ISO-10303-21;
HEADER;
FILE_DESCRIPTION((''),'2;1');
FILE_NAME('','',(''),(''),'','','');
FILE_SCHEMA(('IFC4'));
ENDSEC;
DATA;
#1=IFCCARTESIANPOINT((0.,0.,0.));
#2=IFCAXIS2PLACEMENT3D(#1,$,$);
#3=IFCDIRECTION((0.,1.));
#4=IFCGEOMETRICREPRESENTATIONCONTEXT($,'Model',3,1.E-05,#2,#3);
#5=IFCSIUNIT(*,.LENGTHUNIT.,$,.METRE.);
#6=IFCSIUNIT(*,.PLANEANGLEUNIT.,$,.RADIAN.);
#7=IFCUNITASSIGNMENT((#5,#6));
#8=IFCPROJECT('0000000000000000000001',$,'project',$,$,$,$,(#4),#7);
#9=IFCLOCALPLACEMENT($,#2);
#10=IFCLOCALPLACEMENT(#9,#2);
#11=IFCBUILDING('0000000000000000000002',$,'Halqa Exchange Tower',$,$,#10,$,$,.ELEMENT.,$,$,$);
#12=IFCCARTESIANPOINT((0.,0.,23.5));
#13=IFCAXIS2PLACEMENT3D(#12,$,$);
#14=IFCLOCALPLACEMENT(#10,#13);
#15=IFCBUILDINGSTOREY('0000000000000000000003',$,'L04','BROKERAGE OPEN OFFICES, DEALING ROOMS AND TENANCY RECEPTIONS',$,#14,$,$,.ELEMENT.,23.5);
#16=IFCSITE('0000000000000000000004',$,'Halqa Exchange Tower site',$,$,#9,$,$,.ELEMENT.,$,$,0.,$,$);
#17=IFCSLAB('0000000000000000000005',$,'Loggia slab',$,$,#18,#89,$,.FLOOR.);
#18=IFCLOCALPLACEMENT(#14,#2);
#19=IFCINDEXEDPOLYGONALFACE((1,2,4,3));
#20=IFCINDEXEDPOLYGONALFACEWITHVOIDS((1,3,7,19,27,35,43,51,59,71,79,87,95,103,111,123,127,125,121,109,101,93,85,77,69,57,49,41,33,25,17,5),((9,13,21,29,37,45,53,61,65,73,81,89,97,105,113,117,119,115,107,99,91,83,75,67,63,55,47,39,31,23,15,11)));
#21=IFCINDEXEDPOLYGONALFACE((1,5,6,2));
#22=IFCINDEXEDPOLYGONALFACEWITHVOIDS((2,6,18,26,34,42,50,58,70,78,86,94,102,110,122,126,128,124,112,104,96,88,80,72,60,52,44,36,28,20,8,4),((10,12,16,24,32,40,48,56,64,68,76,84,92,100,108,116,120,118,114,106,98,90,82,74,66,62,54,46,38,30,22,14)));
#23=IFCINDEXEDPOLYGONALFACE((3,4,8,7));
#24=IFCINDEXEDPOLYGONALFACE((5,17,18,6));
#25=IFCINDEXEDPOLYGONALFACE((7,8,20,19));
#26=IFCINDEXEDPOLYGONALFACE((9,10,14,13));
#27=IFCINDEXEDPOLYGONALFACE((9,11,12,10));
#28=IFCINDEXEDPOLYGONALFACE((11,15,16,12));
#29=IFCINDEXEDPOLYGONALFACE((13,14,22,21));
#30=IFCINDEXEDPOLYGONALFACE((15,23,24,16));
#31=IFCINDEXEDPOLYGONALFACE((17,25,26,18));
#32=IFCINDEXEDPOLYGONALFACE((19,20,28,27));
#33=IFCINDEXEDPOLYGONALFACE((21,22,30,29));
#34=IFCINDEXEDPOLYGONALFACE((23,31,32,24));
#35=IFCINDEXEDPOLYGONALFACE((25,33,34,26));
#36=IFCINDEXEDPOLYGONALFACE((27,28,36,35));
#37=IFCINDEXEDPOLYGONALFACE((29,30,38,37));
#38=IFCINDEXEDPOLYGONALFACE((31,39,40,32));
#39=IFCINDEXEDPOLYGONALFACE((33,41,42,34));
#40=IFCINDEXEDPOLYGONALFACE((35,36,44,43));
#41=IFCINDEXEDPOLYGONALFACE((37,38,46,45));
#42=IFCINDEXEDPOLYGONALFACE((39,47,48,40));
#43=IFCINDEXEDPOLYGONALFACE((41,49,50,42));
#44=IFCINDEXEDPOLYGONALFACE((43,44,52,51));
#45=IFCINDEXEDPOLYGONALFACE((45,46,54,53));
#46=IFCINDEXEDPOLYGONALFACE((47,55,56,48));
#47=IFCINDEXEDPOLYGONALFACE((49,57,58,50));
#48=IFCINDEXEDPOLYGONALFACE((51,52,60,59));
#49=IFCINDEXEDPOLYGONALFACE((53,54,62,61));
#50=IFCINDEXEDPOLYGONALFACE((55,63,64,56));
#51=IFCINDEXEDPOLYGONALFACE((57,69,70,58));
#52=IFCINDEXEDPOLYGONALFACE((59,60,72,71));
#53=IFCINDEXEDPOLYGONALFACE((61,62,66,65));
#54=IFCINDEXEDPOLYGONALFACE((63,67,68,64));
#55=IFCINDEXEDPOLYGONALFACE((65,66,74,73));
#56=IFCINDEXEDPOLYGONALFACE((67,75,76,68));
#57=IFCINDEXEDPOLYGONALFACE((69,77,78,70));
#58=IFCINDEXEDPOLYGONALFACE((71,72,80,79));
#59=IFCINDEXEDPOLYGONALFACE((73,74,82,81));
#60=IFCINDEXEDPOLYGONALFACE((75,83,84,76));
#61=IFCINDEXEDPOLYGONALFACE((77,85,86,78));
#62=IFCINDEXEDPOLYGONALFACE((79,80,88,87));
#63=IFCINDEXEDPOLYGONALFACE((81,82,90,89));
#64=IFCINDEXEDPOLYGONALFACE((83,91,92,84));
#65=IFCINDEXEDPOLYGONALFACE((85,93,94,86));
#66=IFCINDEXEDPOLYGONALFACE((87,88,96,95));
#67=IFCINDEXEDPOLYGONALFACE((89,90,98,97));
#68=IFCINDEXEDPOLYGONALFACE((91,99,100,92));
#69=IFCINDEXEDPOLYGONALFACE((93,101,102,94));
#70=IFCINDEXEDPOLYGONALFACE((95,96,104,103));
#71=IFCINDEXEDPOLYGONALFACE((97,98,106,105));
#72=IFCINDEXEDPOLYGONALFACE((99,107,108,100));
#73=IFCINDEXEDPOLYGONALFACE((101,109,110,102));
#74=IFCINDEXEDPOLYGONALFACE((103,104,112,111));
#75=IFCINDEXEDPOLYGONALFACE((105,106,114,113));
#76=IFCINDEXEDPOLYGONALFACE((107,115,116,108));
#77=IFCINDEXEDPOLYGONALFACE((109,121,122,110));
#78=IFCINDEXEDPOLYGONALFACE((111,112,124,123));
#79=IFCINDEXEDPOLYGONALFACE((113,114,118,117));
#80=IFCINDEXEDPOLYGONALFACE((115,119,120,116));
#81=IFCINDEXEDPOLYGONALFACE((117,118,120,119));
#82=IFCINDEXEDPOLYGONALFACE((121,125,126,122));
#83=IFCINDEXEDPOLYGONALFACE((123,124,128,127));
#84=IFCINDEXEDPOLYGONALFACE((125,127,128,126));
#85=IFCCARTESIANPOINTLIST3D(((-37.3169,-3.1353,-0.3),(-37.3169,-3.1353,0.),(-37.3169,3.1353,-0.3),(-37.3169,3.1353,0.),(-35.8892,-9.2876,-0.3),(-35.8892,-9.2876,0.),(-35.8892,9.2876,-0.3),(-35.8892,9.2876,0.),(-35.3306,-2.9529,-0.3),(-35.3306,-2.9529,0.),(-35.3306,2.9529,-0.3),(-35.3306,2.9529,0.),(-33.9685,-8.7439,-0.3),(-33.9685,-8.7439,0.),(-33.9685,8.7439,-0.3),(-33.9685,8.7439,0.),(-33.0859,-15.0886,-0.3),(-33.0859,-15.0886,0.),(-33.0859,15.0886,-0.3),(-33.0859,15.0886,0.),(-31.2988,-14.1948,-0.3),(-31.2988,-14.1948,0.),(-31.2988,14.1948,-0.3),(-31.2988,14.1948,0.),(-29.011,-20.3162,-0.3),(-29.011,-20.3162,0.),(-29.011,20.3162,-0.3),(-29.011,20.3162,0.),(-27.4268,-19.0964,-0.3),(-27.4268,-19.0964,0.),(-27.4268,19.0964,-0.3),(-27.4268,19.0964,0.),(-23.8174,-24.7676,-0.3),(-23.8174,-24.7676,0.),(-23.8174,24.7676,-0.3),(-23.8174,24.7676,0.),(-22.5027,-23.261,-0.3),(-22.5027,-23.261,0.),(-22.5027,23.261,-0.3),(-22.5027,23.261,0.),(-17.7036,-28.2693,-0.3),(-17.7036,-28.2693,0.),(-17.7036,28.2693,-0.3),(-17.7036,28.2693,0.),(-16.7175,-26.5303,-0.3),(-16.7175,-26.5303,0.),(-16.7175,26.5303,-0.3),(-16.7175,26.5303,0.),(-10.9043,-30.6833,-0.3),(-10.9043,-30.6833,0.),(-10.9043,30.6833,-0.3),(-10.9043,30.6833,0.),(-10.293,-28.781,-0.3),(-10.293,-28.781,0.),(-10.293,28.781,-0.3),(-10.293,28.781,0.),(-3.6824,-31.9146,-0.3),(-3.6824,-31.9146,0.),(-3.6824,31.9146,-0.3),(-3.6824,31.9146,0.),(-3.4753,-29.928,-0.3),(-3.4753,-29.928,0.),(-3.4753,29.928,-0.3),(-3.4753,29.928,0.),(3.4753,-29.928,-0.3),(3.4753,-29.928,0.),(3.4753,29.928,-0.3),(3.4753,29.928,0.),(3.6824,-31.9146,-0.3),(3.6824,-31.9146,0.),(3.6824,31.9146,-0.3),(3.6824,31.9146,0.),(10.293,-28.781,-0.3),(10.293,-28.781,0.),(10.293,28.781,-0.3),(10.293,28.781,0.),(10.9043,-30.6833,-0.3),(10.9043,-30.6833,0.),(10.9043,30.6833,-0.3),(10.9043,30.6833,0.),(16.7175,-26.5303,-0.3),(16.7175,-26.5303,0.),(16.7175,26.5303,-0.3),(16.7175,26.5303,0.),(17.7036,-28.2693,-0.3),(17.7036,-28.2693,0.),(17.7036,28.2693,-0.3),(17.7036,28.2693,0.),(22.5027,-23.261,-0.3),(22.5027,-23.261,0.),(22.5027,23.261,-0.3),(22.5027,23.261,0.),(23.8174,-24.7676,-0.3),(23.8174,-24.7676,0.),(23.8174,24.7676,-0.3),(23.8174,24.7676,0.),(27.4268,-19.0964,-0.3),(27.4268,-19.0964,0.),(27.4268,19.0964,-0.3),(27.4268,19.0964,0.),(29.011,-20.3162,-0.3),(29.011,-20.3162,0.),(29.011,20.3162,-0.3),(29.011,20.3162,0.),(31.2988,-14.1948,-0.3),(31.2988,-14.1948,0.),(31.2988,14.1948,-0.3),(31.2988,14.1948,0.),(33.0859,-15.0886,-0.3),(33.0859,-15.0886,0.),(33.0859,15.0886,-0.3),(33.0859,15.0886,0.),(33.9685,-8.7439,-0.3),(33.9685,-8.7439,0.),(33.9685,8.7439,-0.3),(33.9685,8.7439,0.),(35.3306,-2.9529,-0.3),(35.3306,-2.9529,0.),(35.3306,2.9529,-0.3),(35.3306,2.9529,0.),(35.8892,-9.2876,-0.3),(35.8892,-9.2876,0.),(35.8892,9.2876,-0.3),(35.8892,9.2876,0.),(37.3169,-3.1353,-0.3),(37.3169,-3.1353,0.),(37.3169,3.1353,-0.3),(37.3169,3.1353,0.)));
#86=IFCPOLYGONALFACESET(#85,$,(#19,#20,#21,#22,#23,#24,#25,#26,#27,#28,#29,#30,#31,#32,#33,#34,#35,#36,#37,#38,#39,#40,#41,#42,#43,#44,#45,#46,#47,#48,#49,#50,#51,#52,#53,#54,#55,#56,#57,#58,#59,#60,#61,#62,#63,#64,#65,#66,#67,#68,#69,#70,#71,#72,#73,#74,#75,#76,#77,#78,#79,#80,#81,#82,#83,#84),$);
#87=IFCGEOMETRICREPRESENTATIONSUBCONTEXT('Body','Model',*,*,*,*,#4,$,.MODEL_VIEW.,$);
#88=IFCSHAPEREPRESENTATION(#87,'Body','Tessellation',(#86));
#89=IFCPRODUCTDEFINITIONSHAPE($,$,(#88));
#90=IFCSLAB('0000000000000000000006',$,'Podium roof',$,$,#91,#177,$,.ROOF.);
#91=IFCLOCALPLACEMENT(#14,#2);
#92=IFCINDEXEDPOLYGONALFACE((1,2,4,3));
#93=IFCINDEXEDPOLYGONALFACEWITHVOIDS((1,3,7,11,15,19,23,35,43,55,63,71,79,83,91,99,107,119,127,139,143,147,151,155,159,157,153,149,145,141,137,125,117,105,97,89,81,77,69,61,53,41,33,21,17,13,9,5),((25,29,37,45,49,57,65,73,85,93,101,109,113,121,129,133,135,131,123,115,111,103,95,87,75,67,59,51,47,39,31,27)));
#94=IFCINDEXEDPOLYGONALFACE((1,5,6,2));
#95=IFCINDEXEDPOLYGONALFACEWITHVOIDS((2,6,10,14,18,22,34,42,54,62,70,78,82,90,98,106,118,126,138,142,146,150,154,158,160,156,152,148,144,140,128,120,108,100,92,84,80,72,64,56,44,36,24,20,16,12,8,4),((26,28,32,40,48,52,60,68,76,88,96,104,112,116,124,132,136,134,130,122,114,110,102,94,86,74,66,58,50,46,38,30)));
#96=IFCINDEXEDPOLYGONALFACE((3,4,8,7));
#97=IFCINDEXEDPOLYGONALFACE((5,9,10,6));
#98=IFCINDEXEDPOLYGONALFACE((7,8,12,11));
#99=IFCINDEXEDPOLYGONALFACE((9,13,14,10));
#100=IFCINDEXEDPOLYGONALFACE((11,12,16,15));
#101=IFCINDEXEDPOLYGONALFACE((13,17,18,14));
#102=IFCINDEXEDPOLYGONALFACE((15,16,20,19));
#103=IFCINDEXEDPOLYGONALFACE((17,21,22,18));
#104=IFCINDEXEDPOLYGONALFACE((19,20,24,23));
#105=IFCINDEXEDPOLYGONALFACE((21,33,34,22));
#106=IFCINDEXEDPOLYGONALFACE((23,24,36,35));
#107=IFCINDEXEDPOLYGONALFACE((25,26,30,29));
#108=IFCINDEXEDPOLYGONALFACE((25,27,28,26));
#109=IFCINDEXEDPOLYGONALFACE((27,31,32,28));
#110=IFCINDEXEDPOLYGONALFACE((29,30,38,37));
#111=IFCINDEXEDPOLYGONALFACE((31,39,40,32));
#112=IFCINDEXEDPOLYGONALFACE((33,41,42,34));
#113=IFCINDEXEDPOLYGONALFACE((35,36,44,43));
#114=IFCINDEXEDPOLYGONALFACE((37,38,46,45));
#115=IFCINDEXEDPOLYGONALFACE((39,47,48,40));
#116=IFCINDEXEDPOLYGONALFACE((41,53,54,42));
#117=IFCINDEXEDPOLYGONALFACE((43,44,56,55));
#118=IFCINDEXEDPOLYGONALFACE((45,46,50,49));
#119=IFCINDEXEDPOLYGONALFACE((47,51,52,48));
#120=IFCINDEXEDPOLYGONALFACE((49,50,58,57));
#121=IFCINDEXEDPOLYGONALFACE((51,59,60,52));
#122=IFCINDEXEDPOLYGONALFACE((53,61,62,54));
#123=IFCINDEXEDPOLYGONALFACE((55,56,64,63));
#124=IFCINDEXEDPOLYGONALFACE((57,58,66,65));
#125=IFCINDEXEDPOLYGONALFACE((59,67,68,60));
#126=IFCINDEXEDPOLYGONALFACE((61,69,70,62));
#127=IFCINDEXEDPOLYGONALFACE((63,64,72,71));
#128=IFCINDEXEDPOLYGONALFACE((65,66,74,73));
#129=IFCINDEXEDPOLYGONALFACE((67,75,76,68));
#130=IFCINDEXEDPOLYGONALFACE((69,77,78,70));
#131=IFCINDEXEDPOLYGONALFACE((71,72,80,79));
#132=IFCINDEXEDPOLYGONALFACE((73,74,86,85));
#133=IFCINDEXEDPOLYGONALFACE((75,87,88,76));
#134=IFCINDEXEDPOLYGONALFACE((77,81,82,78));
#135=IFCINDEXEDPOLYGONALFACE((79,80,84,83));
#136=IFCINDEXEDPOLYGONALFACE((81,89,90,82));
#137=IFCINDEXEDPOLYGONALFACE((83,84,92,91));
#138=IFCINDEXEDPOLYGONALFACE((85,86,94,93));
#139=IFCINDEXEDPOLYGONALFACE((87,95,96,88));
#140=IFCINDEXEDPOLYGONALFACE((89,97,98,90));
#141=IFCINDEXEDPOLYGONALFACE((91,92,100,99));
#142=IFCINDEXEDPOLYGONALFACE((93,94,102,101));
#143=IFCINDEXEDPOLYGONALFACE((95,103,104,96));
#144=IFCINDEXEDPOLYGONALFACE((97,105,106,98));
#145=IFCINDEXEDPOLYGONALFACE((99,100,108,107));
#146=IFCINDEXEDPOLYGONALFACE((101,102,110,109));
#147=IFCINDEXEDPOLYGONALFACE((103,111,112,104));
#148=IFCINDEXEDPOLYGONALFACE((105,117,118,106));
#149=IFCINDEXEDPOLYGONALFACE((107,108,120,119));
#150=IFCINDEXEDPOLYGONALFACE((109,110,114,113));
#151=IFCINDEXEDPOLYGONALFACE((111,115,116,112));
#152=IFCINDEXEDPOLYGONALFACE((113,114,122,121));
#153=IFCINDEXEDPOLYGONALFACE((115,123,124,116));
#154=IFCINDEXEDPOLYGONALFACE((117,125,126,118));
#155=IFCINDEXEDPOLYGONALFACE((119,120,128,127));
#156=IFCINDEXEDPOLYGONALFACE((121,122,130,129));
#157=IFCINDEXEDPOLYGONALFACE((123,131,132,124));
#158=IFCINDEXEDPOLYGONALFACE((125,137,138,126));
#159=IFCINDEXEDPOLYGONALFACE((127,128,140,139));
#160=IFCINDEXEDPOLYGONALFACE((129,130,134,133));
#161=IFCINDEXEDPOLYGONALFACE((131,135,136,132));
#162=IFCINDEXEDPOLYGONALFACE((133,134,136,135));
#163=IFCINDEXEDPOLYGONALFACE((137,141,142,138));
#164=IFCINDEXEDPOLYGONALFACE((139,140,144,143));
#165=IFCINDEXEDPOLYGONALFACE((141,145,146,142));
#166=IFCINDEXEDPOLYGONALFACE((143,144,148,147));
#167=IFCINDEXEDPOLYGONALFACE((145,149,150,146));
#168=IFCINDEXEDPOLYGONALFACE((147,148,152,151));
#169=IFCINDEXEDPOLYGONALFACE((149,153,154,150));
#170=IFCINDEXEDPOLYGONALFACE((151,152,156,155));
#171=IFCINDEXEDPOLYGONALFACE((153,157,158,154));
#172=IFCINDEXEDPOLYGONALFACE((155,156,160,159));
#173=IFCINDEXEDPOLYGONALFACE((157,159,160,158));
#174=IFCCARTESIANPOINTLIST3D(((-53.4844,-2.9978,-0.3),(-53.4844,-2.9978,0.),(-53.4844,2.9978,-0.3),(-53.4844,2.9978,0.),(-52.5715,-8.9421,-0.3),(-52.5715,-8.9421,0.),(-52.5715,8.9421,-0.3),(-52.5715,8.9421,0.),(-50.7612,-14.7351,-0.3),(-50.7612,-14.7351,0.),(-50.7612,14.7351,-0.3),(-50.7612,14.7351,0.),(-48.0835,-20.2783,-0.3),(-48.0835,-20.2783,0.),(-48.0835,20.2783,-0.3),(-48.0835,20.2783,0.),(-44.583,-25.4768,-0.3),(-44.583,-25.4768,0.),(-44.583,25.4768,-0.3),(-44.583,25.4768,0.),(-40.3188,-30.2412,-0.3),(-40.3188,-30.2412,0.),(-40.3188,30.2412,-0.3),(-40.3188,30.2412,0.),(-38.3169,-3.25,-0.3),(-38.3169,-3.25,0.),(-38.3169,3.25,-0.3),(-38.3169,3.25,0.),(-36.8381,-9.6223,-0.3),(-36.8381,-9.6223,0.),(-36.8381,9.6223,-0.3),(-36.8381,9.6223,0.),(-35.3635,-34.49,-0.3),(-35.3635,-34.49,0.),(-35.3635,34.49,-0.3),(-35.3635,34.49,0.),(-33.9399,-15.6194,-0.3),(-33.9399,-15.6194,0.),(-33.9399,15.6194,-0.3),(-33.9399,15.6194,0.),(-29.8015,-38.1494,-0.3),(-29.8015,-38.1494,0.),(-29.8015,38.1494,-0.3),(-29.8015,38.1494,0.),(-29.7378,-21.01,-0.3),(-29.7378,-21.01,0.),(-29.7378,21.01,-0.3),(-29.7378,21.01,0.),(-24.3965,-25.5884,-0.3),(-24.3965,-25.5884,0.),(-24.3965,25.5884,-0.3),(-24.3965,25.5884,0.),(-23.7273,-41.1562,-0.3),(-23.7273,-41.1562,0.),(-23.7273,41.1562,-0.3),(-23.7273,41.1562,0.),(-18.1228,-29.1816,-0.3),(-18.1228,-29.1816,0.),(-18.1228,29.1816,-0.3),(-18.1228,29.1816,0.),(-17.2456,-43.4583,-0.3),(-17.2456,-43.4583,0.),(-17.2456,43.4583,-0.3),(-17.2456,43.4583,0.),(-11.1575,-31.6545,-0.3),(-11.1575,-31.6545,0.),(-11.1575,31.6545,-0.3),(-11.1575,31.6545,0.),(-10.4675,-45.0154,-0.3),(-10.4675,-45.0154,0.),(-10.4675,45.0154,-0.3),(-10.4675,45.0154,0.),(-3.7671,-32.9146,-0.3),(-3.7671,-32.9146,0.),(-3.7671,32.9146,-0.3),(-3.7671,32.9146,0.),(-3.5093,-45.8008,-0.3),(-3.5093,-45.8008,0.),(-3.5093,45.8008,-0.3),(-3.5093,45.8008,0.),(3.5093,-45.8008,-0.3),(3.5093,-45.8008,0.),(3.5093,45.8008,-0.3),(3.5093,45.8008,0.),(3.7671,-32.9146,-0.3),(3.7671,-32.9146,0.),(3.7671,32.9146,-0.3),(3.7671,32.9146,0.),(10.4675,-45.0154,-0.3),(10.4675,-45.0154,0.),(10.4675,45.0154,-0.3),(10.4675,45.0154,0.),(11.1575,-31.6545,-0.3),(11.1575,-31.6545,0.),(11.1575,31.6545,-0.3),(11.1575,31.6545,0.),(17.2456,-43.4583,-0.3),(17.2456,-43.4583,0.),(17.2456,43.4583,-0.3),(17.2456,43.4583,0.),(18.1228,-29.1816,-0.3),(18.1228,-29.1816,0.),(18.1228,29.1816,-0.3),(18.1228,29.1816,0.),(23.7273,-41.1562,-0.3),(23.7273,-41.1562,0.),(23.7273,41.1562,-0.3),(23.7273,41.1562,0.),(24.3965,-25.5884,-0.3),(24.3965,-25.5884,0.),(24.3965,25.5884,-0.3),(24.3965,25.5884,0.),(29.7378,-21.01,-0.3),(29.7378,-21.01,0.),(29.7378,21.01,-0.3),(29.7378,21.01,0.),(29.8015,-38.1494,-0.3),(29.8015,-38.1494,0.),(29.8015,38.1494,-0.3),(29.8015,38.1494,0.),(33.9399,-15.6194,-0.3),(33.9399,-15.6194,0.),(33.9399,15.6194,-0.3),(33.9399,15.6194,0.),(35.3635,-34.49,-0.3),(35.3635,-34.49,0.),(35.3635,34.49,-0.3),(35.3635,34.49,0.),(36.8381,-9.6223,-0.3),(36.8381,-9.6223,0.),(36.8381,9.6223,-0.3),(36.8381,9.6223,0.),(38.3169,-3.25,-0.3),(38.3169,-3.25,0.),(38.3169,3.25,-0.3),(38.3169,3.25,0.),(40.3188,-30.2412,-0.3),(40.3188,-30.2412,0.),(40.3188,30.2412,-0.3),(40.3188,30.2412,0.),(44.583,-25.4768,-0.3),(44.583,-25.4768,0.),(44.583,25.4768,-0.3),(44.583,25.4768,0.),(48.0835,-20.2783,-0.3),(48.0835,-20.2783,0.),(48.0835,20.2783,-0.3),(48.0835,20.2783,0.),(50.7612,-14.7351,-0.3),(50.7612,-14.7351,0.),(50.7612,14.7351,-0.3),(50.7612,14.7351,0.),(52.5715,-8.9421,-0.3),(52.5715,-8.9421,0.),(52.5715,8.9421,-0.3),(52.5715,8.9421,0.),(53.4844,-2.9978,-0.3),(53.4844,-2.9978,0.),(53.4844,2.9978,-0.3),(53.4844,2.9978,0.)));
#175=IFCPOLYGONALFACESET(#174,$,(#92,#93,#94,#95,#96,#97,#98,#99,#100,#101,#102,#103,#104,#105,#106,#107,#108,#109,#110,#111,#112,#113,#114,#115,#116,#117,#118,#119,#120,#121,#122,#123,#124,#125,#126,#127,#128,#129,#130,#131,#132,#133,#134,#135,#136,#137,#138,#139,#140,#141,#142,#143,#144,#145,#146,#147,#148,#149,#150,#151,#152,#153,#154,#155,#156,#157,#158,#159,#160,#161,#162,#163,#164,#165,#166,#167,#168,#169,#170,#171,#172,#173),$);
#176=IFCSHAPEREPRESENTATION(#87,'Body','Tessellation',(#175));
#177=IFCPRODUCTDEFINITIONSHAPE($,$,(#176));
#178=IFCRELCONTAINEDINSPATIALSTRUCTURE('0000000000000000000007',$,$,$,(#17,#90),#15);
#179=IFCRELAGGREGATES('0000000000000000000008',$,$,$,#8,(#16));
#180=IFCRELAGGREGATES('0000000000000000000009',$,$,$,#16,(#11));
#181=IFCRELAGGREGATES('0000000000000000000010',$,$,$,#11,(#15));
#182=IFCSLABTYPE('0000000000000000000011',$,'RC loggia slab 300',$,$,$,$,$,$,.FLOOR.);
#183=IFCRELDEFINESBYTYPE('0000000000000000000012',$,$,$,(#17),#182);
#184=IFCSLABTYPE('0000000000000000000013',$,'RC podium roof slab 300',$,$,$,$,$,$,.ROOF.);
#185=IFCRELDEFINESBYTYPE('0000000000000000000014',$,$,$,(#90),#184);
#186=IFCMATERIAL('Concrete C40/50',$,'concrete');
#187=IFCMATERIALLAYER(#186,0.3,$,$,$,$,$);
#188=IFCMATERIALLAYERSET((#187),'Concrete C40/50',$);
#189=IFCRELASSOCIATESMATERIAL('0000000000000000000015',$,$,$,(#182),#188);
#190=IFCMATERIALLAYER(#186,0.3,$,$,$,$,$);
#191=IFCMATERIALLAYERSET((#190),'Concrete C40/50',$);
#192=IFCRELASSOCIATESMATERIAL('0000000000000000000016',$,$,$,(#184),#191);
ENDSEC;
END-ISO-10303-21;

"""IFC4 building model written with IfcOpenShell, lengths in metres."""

from ifc_helpers import new_model, si_unit, direction, frame, origin, place, context, subcontext, project, spatial, polyline, outline, extrude, material, layer, layer_set, type_object, element, save


model = new_model("IFC4")

# Units and contexts
model_context = context("Model", 3, precision=1e-05, world=origin(), true_north=direction((0.0, 1.0)))
body_context = subcontext(model_context, "Body", "Model", "MODEL_VIEW")
ifc_project = project(units=[si_unit("LENGTHUNIT", "METRE"), si_unit("PLANEANGLEUNIT", "RADIAN")], contexts=[model_context])

# Site, building, storey
site_placement = place(None, origin())
site = spatial("IfcSite", under=ifc_project, at=site_placement, Name="Halqa Exchange Tower site", CompositionType="ELEMENT", RefElevation=0.0)
building_placement = place(site_placement, origin())
building = spatial("IfcBuilding", under=site, at=building_placement, Name="Halqa Exchange Tower", CompositionType="ELEMENT")
storey_placement = place(building_placement, frame((0.0, 0.0, 23.5)))
storey = spatial("IfcBuildingStorey", under=building, at=storey_placement, Name="L04", Description="BROKERAGE OPEN OFFICES, DEALING ROOMS AND TENANCY RECEPTIONS", CompositionType="ELEMENT", Elevation=23.5)

# Slabs
ifc_material_1 = material(Name="Concrete C40/50", Category="concrete")
ifc_layer_1 = layer(ifc_material_1, 0.3)
ifc_layer_set_1 = layer_set([ifc_layer_1], Name="Concrete C40/50")
slab_type_1 = type_object("IfcSlabType", Name="RC loggia slab 300", PredefinedType="FLOOR", material=ifc_layer_set_1)
slab_1_placement = place(storey_placement, frame((0.0, 0.0, -0.3)))
element("IfcSlab", 1, at=slab_1_placement, inside=storey, type_object=slab_type_1, Name="Loggia slab", PredefinedType="FLOOR", context=body_context, shape_type="SweptSolid", body=[
    extrude(outline(polyline([(37.3169, 3.1353), (37.3169, -3.1353), (35.8892, -9.2876), (33.0859, -15.0886), (29.011, -20.3162), (23.8174, -24.7676), (17.7036, -28.2693), (10.9043, -30.6833), (3.6824, -31.9146), (-3.6824, -31.9146), (-10.9043, -30.6833), (-17.7036, -28.2693), (-23.8174, -24.7676), (-29.011, -20.3162), (-33.0859, -15.0886), (-35.8892, -9.2876), (-37.3169, -3.1353), (-37.3169, 3.1353), (-35.8892, 9.2876), (-33.0859, 15.0886), (-29.011, 20.3162), (-23.8174, 24.7676), (-17.7036, 28.2693), (-10.9043, 30.6833), (-3.6824, 31.9146), (3.6824, 31.9146), (10.9043, 30.6833), (17.7036, 28.2693), (23.8174, 24.7676), (29.011, 20.3162), (33.0859, 15.0886), (35.8892, 9.2876), (37.3169, 3.1353)]), holes=[polyline([(35.3306, 2.9529), (33.9685, 8.7439), (31.2988, 14.1948), (27.4268, 19.0964), (22.5027, 23.261), (16.7175, 26.5303), (10.293, 28.781), (3.4753, 29.928), (-3.4753, 29.928), (-10.293, 28.781), (-16.7175, 26.5303), (-22.5027, 23.261), (-27.4268, 19.0964), (-31.2988, 14.1948), (-33.9685, 8.7439), (-35.3306, 2.9529), (-35.3306, -2.9529), (-33.9685, -8.7439), (-31.2988, -14.1948), (-27.4268, -19.0964), (-22.5027, -23.261), (-16.7175, -26.5303), (-10.293, -28.781), (-3.4753, -29.928), (3.4753, -29.928), (10.293, -28.781), (16.7175, -26.5303), (22.5027, -23.261), (27.4268, -19.0964), (31.2988, -14.1948), (33.9685, -8.7439), (35.3306, -2.9529), (35.3306, 2.9529)])]), origin(), (0.0, 0.0, 1.0), 0.3),
])
ifc_layer_2 = layer(ifc_material_1, 0.3)
ifc_layer_set_2 = layer_set([ifc_layer_2], Name="Concrete C40/50")
slab_type_2 = type_object("IfcSlabType", Name="RC podium roof slab 300", PredefinedType="ROOF", material=ifc_layer_set_2)
slab_2_placement = place(storey_placement, frame((0.0, 0.0, -0.3)))
element("IfcSlab", 2, at=slab_2_placement, inside=storey, type_object=slab_type_2, Name="Podium roof", PredefinedType="ROOF", context=body_context, shape_type="SweptSolid", body=[
    extrude(outline(polyline([(53.4844, 2.9978), (53.4844, -2.9978), (52.5715, -8.9421), (50.7612, -14.7351), (48.0835, -20.2783), (44.583, -25.4768), (40.3188, -30.2412), (35.3635, -34.49), (29.8015, -38.1494), (23.7273, -41.1562), (17.2456, -43.4583), (10.4675, -45.0154), (3.5093, -45.8008), (-3.5093, -45.8008), (-10.4675, -45.0154), (-17.2456, -43.4583), (-23.7273, -41.1562), (-29.8015, -38.1494), (-35.3635, -34.49), (-40.3188, -30.2412), (-44.583, -25.4768), (-48.0835, -20.2783), (-50.7612, -14.7351), (-52.5715, -8.9421), (-53.4844, -2.9978), (-53.4844, 2.9978), (-52.5715, 8.9421), (-50.7612, 14.7351), (-48.0835, 20.2783), (-44.583, 25.4768), (-40.3188, 30.2412), (-35.3635, 34.49), (-29.8015, 38.1494), (-23.7273, 41.1562), (-17.2456, 43.4583), (-10.4675, 45.0154), (-3.5093, 45.8008), (3.5093, 45.8008), (10.4675, 45.0154), (17.2456, 43.4583), (23.7273, 41.1562), (29.8015, 38.1494), (35.3635, 34.49), (40.3188, 30.2412), (44.583, 25.4768), (48.0835, 20.2783), (50.7612, 14.7351), (52.5715, 8.9421), (53.4844, 2.9978)]), holes=[polyline([(38.3169, 3.25), (38.3169, -3.25), (36.8381, -9.6223), (33.9399, -15.6194), (29.7378, -21.01), (24.3965, -25.5884), (18.1228, -29.1816), (11.1575, -31.6545), (3.7671, -32.9146), (-3.7671, -32.9146), (-11.1575, -31.6545), (-18.1228, -29.1816), (-24.3965, -25.5884), (-29.7378, -21.01), (-33.9399, -15.6194), (-36.8381, -9.6223), (-38.3169, -3.25), (-38.3169, 3.25), (-36.8381, 9.6223), (-33.9399, 15.6194), (-29.7378, 21.01), (-24.3965, 25.5884), (-18.1228, 29.1816), (-11.1575, 31.6545), (-3.7671, 32.9146), (3.7671, 32.9146), (11.1575, 31.6545), (18.1228, 29.1816), (24.3965, 25.5884), (29.7378, 21.01), (33.9399, 15.6194), (36.8381, 9.6223), (38.3169, 3.25)])]), origin(), (0.0, 0.0, 1.0), 0.3),
])

save(model, "model.ifc")
